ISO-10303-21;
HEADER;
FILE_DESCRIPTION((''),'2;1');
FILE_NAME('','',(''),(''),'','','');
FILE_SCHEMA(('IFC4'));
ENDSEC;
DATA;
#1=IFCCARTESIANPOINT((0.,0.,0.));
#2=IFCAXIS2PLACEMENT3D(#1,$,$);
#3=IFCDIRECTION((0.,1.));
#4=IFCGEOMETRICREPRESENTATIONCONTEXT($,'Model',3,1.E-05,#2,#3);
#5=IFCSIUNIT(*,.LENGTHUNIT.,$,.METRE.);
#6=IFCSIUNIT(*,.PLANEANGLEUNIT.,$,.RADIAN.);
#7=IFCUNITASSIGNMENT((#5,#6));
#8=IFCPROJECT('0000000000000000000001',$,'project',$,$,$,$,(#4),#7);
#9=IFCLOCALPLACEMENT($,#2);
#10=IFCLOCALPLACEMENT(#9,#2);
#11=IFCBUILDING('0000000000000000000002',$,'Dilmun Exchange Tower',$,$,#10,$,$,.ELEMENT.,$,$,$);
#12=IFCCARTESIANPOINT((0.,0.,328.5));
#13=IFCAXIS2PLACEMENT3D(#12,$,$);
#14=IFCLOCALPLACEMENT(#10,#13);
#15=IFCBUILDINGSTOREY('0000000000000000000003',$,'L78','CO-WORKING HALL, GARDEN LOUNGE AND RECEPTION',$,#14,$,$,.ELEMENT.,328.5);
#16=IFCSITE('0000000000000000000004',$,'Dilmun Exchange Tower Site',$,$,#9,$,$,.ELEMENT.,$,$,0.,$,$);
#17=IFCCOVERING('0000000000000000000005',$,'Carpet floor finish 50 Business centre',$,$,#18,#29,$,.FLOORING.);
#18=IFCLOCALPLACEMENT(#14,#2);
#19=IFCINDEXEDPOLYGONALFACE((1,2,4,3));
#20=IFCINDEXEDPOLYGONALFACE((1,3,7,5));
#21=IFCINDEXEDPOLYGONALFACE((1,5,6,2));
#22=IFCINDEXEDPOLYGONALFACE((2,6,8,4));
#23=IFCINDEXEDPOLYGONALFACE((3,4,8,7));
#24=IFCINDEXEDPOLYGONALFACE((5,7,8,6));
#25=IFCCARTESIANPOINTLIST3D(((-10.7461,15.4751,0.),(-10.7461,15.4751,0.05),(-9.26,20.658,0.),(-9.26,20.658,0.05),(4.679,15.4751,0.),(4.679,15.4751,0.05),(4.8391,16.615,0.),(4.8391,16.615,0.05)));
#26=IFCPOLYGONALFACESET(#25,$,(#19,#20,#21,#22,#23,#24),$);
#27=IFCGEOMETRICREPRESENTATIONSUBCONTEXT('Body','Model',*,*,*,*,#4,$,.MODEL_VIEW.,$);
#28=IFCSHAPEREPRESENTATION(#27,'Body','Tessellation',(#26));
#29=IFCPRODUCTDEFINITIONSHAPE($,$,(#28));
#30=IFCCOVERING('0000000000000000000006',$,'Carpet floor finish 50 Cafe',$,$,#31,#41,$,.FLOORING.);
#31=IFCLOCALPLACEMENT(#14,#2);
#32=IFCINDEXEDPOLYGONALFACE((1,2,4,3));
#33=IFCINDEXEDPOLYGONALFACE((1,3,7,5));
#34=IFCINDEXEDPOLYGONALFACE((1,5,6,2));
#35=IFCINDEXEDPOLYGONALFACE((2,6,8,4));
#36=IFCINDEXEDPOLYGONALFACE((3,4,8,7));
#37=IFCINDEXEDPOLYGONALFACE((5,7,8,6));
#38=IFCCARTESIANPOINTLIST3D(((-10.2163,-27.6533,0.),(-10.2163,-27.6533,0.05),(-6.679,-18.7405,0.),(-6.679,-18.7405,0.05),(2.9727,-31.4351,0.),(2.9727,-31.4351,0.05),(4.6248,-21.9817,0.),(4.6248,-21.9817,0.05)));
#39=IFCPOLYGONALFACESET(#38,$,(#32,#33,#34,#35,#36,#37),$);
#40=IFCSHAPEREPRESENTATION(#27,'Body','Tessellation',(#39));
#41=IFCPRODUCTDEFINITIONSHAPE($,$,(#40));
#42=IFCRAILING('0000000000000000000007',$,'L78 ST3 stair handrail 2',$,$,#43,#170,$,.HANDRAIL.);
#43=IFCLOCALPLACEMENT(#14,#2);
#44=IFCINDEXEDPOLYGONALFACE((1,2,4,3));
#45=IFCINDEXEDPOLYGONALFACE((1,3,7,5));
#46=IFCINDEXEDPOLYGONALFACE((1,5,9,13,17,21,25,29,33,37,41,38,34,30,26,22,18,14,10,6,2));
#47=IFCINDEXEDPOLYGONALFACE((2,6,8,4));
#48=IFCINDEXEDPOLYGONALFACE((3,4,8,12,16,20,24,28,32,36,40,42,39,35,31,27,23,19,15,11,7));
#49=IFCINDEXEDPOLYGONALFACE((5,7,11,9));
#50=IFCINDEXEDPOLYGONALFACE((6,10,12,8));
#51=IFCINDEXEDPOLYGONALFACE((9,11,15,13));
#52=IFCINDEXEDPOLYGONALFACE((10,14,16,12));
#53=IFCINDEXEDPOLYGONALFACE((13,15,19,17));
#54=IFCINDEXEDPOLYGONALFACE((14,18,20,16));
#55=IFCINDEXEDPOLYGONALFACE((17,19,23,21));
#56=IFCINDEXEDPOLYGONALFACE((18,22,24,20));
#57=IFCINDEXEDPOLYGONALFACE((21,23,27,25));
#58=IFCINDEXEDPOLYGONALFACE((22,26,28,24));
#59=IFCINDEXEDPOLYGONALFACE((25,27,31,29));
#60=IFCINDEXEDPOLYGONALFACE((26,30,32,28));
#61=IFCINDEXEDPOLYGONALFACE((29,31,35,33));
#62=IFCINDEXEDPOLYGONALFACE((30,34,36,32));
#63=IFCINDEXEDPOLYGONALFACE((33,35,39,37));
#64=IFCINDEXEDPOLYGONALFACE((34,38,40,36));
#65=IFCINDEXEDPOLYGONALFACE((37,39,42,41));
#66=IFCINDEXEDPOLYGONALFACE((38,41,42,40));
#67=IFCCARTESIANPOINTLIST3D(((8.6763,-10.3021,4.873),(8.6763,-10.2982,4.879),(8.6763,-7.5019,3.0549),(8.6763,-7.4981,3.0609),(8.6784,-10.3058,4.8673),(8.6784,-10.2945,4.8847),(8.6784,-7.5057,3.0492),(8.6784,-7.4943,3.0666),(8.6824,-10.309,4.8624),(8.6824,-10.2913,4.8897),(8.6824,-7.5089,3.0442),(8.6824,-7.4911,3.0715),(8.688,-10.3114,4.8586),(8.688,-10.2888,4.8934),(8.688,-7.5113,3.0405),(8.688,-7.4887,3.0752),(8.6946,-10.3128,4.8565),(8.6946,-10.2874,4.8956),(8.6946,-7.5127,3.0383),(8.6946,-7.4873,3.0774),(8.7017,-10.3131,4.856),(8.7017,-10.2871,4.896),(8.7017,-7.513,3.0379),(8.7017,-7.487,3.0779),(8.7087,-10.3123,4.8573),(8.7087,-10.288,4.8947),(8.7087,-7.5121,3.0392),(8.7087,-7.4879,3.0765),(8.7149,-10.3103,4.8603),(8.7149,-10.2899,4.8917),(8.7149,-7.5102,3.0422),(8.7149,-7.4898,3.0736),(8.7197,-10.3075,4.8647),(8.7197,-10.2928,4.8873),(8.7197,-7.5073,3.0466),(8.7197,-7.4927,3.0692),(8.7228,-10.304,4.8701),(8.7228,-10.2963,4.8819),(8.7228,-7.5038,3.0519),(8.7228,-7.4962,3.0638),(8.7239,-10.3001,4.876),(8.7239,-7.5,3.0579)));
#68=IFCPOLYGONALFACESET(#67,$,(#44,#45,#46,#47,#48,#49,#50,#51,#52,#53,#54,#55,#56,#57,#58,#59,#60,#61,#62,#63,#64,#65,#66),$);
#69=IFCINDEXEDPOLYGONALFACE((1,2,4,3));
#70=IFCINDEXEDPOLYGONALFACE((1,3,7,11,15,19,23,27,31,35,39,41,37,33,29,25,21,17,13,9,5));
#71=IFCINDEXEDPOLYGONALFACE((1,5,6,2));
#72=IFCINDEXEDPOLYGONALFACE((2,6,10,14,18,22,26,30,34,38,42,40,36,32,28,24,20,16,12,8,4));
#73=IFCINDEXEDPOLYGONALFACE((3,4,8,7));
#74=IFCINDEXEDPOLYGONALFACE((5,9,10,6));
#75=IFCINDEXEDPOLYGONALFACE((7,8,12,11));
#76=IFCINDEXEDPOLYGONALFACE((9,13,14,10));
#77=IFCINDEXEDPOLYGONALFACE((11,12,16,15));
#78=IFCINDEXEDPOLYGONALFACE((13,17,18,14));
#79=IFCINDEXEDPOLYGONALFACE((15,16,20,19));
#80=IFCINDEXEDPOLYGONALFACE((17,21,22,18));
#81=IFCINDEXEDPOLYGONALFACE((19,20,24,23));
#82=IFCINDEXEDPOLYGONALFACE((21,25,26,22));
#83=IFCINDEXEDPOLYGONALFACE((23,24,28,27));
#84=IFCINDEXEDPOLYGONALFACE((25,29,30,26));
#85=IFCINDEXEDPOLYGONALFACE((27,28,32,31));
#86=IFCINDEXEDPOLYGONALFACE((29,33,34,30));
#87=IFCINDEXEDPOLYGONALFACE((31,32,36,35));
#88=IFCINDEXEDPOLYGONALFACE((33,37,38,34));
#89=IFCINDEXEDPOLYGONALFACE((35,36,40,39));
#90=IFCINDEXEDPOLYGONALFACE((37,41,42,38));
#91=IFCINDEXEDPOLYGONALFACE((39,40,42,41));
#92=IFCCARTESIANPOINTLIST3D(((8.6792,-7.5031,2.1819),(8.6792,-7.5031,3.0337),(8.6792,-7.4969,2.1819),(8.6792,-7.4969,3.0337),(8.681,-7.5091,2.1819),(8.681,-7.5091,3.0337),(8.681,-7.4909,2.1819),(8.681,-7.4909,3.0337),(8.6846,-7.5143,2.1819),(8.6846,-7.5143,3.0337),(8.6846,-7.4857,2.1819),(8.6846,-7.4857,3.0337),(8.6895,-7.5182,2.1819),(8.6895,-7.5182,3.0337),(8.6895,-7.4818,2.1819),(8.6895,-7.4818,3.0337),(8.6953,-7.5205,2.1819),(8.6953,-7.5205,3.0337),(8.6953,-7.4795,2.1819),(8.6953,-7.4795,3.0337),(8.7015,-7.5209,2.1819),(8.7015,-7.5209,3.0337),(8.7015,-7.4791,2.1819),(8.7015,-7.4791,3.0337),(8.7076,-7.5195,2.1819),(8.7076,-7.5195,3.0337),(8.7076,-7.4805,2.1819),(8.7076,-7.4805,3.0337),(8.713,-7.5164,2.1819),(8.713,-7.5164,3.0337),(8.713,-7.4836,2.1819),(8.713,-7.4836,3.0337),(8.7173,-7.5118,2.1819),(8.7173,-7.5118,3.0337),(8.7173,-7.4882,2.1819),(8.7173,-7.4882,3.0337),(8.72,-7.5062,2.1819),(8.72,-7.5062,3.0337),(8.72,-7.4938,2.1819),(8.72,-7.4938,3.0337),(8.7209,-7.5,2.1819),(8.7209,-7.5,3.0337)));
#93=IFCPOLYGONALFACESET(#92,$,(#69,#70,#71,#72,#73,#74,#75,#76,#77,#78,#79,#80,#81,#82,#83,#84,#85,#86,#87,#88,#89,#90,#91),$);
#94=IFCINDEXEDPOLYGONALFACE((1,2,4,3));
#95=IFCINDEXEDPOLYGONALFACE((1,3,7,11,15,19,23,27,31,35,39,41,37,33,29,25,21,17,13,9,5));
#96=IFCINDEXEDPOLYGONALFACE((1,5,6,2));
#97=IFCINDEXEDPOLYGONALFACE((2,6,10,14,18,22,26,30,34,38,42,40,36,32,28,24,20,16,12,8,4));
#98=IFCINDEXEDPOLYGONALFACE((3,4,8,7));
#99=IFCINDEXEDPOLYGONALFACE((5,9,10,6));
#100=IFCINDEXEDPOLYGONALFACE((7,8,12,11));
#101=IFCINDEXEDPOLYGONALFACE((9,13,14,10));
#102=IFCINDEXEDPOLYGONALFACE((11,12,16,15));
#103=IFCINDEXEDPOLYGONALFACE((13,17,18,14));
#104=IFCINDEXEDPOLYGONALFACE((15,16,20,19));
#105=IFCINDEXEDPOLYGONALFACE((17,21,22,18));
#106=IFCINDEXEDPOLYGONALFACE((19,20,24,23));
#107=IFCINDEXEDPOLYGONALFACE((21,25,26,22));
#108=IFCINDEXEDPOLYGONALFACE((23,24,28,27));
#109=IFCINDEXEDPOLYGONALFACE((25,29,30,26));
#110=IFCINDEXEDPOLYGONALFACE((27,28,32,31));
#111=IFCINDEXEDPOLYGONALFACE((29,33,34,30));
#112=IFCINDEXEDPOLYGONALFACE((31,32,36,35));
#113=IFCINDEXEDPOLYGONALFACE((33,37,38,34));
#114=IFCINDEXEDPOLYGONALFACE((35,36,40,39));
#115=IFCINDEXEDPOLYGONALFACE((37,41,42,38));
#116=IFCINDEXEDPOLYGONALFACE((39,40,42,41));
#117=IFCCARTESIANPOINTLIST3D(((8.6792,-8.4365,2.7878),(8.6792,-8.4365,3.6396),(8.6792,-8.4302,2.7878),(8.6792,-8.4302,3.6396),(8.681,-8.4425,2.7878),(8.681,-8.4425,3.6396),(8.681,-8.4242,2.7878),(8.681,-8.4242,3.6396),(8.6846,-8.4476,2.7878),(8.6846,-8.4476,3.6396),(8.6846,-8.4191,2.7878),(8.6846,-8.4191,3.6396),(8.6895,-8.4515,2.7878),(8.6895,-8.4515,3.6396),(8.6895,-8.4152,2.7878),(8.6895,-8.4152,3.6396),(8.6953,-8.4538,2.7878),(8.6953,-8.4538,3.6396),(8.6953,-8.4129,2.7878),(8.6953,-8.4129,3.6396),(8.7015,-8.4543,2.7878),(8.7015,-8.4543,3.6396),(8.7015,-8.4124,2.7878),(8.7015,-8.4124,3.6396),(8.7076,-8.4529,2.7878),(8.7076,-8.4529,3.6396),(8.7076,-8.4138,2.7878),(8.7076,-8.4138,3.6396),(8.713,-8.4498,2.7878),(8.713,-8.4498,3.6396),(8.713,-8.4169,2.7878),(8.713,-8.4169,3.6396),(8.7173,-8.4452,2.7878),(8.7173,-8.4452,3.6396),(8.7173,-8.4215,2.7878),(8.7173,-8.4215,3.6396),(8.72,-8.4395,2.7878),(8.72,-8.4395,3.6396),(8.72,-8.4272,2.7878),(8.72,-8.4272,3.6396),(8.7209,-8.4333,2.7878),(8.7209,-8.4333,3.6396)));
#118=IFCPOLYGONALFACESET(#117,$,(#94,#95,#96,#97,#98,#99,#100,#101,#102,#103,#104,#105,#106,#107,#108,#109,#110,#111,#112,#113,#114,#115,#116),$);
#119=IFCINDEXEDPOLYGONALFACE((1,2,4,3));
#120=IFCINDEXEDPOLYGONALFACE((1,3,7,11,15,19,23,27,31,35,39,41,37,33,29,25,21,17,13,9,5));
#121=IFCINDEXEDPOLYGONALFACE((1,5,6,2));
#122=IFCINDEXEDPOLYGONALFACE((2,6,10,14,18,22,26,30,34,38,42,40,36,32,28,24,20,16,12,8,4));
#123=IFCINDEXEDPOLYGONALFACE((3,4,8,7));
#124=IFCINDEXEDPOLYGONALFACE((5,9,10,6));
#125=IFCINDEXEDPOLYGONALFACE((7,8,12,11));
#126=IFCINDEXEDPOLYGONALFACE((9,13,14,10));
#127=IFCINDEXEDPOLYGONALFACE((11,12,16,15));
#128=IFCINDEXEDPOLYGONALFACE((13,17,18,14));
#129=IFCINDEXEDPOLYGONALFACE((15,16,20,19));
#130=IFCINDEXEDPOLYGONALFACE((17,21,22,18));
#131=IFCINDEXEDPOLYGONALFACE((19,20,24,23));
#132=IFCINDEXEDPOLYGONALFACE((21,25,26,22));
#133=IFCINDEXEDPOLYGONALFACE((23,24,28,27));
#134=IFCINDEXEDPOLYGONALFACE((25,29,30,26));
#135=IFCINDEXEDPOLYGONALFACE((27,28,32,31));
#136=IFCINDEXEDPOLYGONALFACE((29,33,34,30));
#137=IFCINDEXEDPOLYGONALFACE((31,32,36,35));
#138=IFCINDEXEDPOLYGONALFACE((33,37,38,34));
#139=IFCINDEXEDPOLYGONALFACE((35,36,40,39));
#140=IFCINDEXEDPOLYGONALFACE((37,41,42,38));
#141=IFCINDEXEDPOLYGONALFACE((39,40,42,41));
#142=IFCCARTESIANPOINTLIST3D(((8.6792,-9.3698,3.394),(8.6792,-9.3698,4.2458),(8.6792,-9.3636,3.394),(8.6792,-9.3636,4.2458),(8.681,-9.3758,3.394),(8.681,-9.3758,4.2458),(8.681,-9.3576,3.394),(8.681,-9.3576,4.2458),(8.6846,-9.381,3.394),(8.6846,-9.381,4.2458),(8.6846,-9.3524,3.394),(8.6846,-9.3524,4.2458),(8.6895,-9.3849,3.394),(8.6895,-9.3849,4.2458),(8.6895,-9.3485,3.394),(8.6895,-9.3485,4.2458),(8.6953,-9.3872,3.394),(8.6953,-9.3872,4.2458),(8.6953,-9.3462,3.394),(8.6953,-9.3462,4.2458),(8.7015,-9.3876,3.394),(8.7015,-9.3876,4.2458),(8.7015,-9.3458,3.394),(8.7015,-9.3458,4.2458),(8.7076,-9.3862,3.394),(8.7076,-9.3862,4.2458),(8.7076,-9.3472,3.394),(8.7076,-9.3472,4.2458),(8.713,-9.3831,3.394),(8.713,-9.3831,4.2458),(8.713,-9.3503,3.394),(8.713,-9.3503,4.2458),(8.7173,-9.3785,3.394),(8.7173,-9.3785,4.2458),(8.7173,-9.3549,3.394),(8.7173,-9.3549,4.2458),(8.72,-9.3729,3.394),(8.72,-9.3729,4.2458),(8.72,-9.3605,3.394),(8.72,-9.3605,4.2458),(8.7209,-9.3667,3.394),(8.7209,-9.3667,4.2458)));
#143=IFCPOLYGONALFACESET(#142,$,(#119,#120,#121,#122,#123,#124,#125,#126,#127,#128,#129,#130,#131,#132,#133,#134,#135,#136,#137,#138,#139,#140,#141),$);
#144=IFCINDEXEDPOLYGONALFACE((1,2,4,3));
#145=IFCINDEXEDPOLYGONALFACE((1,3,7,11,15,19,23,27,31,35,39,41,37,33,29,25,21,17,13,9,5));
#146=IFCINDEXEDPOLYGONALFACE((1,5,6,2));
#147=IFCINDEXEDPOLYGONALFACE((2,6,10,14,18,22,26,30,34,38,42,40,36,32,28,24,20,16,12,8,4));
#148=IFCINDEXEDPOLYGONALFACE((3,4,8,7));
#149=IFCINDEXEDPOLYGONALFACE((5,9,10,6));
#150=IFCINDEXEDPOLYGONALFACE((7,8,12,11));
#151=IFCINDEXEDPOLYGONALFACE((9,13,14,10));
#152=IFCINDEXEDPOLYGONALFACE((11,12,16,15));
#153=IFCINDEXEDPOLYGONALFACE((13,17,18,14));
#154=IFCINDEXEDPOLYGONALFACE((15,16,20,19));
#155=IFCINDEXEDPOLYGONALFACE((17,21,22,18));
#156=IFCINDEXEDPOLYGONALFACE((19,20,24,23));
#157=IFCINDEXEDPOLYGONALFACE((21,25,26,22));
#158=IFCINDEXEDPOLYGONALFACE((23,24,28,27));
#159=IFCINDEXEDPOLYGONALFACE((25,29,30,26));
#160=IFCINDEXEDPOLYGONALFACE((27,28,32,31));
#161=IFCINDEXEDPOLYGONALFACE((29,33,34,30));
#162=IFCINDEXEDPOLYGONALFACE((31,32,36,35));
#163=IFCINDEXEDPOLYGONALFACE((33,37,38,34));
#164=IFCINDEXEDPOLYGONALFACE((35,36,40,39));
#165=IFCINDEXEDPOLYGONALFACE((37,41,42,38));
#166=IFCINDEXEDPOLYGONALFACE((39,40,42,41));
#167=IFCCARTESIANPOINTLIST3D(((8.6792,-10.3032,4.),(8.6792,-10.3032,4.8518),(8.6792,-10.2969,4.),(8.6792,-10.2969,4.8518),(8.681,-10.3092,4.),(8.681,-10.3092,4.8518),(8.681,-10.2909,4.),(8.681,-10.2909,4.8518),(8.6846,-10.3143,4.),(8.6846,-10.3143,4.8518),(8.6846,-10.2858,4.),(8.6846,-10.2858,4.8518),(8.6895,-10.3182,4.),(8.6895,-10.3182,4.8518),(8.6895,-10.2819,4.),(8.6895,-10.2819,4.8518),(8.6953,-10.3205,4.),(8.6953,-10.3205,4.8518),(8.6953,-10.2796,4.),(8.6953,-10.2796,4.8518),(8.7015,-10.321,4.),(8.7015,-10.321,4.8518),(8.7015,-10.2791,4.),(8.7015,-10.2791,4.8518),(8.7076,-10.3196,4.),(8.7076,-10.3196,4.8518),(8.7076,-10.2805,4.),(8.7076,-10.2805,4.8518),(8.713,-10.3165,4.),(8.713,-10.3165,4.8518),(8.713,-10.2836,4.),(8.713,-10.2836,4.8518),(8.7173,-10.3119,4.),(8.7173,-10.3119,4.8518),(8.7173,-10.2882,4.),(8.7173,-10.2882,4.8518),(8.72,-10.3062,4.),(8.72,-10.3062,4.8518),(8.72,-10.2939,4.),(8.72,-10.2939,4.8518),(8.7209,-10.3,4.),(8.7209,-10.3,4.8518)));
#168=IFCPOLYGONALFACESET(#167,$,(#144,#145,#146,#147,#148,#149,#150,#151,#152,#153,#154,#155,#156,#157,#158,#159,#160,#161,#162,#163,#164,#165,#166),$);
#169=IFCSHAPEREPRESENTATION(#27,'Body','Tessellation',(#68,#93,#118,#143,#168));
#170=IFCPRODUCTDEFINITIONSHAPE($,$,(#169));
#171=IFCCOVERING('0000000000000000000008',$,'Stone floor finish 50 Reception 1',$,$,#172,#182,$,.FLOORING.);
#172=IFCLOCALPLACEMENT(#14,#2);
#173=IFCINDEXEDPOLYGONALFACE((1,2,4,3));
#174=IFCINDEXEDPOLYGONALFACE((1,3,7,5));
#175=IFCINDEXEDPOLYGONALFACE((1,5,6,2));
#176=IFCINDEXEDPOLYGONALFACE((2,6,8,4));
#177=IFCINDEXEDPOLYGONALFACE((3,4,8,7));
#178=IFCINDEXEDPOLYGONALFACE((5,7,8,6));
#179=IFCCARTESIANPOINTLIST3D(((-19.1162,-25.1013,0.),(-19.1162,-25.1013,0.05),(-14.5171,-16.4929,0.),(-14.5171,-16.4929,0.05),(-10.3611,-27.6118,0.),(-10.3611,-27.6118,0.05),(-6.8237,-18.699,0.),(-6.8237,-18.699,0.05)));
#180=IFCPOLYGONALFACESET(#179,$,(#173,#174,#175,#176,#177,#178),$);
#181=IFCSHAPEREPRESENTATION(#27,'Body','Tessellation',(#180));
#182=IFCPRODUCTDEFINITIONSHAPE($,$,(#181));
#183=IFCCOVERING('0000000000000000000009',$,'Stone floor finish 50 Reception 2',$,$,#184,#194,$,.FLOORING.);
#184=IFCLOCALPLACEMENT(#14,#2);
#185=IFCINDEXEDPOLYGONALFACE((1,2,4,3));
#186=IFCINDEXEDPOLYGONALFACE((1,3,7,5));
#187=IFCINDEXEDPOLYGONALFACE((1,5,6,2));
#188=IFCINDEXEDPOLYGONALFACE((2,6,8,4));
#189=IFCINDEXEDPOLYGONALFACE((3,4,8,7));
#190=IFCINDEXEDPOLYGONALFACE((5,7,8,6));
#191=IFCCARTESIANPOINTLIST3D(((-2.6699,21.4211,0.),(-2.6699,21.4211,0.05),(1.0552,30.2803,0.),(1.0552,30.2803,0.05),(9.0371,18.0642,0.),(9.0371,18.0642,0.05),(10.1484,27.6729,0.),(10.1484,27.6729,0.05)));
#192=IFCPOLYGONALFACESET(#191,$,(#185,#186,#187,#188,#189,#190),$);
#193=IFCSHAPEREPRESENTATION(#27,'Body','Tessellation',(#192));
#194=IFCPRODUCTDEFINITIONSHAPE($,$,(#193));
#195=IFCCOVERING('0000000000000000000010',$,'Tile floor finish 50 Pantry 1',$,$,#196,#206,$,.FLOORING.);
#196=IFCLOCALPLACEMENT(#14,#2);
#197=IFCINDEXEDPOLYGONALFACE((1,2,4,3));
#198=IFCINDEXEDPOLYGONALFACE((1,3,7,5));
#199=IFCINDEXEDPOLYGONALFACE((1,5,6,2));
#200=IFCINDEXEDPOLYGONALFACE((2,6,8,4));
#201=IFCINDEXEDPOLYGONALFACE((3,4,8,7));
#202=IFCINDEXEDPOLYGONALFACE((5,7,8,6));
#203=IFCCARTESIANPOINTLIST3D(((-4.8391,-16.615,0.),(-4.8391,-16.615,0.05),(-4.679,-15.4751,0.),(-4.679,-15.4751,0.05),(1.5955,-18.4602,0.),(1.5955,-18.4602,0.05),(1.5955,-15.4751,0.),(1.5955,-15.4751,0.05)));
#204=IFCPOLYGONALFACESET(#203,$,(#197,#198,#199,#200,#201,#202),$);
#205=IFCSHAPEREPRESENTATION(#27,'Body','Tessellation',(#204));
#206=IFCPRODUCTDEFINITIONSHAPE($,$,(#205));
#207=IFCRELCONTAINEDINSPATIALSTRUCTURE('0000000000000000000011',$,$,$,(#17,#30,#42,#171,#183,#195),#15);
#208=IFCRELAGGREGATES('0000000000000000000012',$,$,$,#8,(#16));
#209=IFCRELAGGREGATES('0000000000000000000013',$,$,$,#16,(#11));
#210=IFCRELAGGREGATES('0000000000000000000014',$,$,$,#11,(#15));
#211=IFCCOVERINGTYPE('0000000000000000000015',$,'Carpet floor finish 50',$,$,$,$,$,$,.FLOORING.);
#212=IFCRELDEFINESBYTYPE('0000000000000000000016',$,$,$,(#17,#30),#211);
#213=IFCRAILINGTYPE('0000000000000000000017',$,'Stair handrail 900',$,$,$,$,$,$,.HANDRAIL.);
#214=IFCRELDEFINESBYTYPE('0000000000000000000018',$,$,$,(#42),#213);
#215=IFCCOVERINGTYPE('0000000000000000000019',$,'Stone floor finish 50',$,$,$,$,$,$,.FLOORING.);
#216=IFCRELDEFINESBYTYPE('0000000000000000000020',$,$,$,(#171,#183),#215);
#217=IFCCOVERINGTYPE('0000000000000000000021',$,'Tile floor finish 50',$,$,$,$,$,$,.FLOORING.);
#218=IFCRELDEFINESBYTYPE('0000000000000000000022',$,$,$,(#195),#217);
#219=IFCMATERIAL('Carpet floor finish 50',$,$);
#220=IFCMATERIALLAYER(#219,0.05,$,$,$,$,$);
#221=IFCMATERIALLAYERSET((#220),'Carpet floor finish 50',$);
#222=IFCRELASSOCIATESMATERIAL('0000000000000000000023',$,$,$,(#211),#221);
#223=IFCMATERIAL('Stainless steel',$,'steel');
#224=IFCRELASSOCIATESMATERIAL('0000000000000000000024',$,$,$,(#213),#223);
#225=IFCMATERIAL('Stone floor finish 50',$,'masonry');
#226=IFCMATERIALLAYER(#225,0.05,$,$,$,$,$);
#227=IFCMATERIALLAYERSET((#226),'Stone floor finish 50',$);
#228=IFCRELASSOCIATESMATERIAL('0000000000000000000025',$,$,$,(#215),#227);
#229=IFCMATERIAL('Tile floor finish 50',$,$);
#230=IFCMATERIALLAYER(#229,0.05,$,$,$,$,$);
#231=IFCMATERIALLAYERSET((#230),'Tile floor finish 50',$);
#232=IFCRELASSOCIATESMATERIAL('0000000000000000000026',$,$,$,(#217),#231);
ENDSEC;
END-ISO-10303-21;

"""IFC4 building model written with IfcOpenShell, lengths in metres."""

from ifc_helpers import new_model, si_unit, direction, frame, origin, origin_2d, place, context, subcontext, project, spatial, polyline, circle, outline, extrude, material, layer, layer_set, type_object, element, save


model = new_model("IFC4")

# Units and contexts
model_context = context("Model", 3, precision=1e-05, world=origin(), true_north=direction((0.0, 1.0)))
body_context = subcontext(model_context, "Body", "Model", "MODEL_VIEW")
ifc_project = project(units=[si_unit("LENGTHUNIT", "METRE"), si_unit("PLANEANGLEUNIT", "RADIAN")], contexts=[model_context])

# Site, building, storey
site_placement = place(None, origin())
site = spatial("IfcSite", under=ifc_project, at=site_placement, Name="Dilmun Exchange Tower Site", CompositionType="ELEMENT", RefElevation=0.0)
building_placement = place(site_placement, origin())
building = spatial("IfcBuilding", under=site, at=building_placement, Name="Dilmun Exchange Tower", CompositionType="ELEMENT")
storey_placement = place(building_placement, frame((0.0, 0.0, 328.5)))
storey = spatial("IfcBuildingStorey", under=building, at=storey_placement, Name="L78", Description="CO-WORKING HALL, GARDEN LOUNGE AND RECEPTION", CompositionType="ELEMENT", Elevation=328.5)

# Coverings
ifc_material_1 = material(Name="Carpet floor finish 50")
ifc_layer_1 = layer(ifc_material_1, 0.05)
ifc_layer_set_1 = layer_set([ifc_layer_1], Name="Carpet floor finish 50")
covering_type_1 = type_object("IfcCoveringType", Name="Carpet floor finish 50", PredefinedType="FLOORING", material=ifc_layer_set_1)
covering_1_placement = place(storey_placement, origin())
element("IfcCovering", 1, at=covering_1_placement, inside=storey, type_object=covering_type_1, Name="Carpet floor finish 50 Business centre", PredefinedType="FLOORING", context=body_context, shape_type="SweptSolid", body=[
    extrude(outline(polyline([(-10.7461, 15.4751), (-9.26, 20.658), (4.8391, 16.615), (4.679, 15.4751), (-10.7461, 15.4751)])), origin(), (0.0, 0.0, 1.0), 0.05),
])
covering_2_placement = place(storey_placement, origin())
element("IfcCovering", 2, at=covering_2_placement, inside=storey, type_object=covering_type_1, Name="Carpet floor finish 50 Cafe", PredefinedType="FLOORING", context=body_context, shape_type="SweptSolid", body=[
    extrude(outline(polyline([(-6.679, -18.7405), (4.6248, -21.9817), (2.9727, -31.4351), (-10.2163, -27.6533), (-6.679, -18.7405)])), origin(), (0.0, 0.0, 1.0), 0.05),
])

# Railing
ifc_material_2 = material(Name="Stainless steel", Category="steel")
railing_type = type_object("IfcRailingType", Name="Stair handrail 900", PredefinedType="HANDRAIL", material=ifc_material_2)
railing_placement = place(storey_placement, frame((8.7, -7.5, 2.1819)))
element("IfcRailing", 3, at=railing_placement, inside=storey, type_object=railing_type, Name="L78 ST3 stair handrail 2", PredefinedType="HANDRAIL", context=body_context, shape_type="SweptSolid", body=[
    extrude(circle(Radius=0.0239, at=origin_2d()), frame((0.0, 0.0, 0.876), z_axis=(0.0, -0.838706, 0.544585), x_axis=(1.0, 0.0, 0.0)), (0.0, 0.0, 1.0), 3.3386),
    extrude(circle(Radius=0.021, at=origin_2d()), origin(), (0.0, 0.0, 1.0), 0.8518),
    extrude(circle(Radius=0.021, at=origin_2d()), frame((0.0, -0.9333, 0.606)), (0.0, 0.0, 1.0), 0.8518),
    extrude(circle(Radius=0.021, at=origin_2d()), frame((0.0, -1.8667, 1.2122)), (0.0, 0.0, 1.0), 0.8518),
    extrude(circle(Radius=0.021, at=origin_2d()), frame((0.0, -2.8, 1.8181)), (0.0, 0.0, 1.0), 0.8518),
])

# Coverings
ifc_material_3 = material(Name="Stone floor finish 50", Category="masonry")
ifc_layer_2 = layer(ifc_material_3, 0.05)
ifc_layer_set_2 = layer_set([ifc_layer_2], Name="Stone floor finish 50")
covering_type_2 = type_object("IfcCoveringType", Name="Stone floor finish 50", PredefinedType="FLOORING", material=ifc_layer_set_2)
covering_3_placement = place(storey_placement, origin())
element("IfcCovering", 4, at=covering_3_placement, inside=storey, type_object=covering_type_2, Name="Stone floor finish 50 Reception 1", PredefinedType="FLOORING", context=body_context, shape_type="SweptSolid", body=[
    extrude(outline(polyline([(-14.5171, -16.4929), (-6.8237, -18.699), (-10.3611, -27.6118), (-19.1162, -25.1013), (-14.5171, -16.4929)])), origin(), (0.0, 0.0, 1.0), 0.05),
])
covering_4_placement = place(storey_placement, origin())
element("IfcCovering", 5, at=covering_4_placement, inside=storey, type_object=covering_type_2, Name="Stone floor finish 50 Reception 2", PredefinedType="FLOORING", context=body_context, shape_type="SweptSolid", body=[
    extrude(outline(polyline([(9.0371, 18.0642), (-2.6699, 21.4211), (1.0552, 30.2803), (10.1484, 27.6729), (9.0371, 18.0642)])), origin(), (0.0, 0.0, 1.0), 0.05),
])
ifc_material_4 = material(Name="Tile floor finish 50")
ifc_layer_3 = layer(ifc_material_4, 0.05)
ifc_layer_set_3 = layer_set([ifc_layer_3], Name="Tile floor finish 50")
covering_type_3 = type_object("IfcCoveringType", Name="Tile floor finish 50", PredefinedType="FLOORING", material=ifc_layer_set_3)
covering_5_placement = place(storey_placement, origin())
element("IfcCovering", 6, at=covering_5_placement, inside=storey, type_object=covering_type_3, Name="Tile floor finish 50 Pantry 1", PredefinedType="FLOORING", context=body_context, shape_type="SweptSolid", body=[
    extrude(outline(polyline([(1.5955, -15.4751), (1.5955, -18.4602), (-4.8391, -16.615), (-4.679, -15.4751), (1.5955, -15.4751)])), origin(), (0.0, 0.0, 1.0), 0.05),
])

save(model, "model.ifc")
